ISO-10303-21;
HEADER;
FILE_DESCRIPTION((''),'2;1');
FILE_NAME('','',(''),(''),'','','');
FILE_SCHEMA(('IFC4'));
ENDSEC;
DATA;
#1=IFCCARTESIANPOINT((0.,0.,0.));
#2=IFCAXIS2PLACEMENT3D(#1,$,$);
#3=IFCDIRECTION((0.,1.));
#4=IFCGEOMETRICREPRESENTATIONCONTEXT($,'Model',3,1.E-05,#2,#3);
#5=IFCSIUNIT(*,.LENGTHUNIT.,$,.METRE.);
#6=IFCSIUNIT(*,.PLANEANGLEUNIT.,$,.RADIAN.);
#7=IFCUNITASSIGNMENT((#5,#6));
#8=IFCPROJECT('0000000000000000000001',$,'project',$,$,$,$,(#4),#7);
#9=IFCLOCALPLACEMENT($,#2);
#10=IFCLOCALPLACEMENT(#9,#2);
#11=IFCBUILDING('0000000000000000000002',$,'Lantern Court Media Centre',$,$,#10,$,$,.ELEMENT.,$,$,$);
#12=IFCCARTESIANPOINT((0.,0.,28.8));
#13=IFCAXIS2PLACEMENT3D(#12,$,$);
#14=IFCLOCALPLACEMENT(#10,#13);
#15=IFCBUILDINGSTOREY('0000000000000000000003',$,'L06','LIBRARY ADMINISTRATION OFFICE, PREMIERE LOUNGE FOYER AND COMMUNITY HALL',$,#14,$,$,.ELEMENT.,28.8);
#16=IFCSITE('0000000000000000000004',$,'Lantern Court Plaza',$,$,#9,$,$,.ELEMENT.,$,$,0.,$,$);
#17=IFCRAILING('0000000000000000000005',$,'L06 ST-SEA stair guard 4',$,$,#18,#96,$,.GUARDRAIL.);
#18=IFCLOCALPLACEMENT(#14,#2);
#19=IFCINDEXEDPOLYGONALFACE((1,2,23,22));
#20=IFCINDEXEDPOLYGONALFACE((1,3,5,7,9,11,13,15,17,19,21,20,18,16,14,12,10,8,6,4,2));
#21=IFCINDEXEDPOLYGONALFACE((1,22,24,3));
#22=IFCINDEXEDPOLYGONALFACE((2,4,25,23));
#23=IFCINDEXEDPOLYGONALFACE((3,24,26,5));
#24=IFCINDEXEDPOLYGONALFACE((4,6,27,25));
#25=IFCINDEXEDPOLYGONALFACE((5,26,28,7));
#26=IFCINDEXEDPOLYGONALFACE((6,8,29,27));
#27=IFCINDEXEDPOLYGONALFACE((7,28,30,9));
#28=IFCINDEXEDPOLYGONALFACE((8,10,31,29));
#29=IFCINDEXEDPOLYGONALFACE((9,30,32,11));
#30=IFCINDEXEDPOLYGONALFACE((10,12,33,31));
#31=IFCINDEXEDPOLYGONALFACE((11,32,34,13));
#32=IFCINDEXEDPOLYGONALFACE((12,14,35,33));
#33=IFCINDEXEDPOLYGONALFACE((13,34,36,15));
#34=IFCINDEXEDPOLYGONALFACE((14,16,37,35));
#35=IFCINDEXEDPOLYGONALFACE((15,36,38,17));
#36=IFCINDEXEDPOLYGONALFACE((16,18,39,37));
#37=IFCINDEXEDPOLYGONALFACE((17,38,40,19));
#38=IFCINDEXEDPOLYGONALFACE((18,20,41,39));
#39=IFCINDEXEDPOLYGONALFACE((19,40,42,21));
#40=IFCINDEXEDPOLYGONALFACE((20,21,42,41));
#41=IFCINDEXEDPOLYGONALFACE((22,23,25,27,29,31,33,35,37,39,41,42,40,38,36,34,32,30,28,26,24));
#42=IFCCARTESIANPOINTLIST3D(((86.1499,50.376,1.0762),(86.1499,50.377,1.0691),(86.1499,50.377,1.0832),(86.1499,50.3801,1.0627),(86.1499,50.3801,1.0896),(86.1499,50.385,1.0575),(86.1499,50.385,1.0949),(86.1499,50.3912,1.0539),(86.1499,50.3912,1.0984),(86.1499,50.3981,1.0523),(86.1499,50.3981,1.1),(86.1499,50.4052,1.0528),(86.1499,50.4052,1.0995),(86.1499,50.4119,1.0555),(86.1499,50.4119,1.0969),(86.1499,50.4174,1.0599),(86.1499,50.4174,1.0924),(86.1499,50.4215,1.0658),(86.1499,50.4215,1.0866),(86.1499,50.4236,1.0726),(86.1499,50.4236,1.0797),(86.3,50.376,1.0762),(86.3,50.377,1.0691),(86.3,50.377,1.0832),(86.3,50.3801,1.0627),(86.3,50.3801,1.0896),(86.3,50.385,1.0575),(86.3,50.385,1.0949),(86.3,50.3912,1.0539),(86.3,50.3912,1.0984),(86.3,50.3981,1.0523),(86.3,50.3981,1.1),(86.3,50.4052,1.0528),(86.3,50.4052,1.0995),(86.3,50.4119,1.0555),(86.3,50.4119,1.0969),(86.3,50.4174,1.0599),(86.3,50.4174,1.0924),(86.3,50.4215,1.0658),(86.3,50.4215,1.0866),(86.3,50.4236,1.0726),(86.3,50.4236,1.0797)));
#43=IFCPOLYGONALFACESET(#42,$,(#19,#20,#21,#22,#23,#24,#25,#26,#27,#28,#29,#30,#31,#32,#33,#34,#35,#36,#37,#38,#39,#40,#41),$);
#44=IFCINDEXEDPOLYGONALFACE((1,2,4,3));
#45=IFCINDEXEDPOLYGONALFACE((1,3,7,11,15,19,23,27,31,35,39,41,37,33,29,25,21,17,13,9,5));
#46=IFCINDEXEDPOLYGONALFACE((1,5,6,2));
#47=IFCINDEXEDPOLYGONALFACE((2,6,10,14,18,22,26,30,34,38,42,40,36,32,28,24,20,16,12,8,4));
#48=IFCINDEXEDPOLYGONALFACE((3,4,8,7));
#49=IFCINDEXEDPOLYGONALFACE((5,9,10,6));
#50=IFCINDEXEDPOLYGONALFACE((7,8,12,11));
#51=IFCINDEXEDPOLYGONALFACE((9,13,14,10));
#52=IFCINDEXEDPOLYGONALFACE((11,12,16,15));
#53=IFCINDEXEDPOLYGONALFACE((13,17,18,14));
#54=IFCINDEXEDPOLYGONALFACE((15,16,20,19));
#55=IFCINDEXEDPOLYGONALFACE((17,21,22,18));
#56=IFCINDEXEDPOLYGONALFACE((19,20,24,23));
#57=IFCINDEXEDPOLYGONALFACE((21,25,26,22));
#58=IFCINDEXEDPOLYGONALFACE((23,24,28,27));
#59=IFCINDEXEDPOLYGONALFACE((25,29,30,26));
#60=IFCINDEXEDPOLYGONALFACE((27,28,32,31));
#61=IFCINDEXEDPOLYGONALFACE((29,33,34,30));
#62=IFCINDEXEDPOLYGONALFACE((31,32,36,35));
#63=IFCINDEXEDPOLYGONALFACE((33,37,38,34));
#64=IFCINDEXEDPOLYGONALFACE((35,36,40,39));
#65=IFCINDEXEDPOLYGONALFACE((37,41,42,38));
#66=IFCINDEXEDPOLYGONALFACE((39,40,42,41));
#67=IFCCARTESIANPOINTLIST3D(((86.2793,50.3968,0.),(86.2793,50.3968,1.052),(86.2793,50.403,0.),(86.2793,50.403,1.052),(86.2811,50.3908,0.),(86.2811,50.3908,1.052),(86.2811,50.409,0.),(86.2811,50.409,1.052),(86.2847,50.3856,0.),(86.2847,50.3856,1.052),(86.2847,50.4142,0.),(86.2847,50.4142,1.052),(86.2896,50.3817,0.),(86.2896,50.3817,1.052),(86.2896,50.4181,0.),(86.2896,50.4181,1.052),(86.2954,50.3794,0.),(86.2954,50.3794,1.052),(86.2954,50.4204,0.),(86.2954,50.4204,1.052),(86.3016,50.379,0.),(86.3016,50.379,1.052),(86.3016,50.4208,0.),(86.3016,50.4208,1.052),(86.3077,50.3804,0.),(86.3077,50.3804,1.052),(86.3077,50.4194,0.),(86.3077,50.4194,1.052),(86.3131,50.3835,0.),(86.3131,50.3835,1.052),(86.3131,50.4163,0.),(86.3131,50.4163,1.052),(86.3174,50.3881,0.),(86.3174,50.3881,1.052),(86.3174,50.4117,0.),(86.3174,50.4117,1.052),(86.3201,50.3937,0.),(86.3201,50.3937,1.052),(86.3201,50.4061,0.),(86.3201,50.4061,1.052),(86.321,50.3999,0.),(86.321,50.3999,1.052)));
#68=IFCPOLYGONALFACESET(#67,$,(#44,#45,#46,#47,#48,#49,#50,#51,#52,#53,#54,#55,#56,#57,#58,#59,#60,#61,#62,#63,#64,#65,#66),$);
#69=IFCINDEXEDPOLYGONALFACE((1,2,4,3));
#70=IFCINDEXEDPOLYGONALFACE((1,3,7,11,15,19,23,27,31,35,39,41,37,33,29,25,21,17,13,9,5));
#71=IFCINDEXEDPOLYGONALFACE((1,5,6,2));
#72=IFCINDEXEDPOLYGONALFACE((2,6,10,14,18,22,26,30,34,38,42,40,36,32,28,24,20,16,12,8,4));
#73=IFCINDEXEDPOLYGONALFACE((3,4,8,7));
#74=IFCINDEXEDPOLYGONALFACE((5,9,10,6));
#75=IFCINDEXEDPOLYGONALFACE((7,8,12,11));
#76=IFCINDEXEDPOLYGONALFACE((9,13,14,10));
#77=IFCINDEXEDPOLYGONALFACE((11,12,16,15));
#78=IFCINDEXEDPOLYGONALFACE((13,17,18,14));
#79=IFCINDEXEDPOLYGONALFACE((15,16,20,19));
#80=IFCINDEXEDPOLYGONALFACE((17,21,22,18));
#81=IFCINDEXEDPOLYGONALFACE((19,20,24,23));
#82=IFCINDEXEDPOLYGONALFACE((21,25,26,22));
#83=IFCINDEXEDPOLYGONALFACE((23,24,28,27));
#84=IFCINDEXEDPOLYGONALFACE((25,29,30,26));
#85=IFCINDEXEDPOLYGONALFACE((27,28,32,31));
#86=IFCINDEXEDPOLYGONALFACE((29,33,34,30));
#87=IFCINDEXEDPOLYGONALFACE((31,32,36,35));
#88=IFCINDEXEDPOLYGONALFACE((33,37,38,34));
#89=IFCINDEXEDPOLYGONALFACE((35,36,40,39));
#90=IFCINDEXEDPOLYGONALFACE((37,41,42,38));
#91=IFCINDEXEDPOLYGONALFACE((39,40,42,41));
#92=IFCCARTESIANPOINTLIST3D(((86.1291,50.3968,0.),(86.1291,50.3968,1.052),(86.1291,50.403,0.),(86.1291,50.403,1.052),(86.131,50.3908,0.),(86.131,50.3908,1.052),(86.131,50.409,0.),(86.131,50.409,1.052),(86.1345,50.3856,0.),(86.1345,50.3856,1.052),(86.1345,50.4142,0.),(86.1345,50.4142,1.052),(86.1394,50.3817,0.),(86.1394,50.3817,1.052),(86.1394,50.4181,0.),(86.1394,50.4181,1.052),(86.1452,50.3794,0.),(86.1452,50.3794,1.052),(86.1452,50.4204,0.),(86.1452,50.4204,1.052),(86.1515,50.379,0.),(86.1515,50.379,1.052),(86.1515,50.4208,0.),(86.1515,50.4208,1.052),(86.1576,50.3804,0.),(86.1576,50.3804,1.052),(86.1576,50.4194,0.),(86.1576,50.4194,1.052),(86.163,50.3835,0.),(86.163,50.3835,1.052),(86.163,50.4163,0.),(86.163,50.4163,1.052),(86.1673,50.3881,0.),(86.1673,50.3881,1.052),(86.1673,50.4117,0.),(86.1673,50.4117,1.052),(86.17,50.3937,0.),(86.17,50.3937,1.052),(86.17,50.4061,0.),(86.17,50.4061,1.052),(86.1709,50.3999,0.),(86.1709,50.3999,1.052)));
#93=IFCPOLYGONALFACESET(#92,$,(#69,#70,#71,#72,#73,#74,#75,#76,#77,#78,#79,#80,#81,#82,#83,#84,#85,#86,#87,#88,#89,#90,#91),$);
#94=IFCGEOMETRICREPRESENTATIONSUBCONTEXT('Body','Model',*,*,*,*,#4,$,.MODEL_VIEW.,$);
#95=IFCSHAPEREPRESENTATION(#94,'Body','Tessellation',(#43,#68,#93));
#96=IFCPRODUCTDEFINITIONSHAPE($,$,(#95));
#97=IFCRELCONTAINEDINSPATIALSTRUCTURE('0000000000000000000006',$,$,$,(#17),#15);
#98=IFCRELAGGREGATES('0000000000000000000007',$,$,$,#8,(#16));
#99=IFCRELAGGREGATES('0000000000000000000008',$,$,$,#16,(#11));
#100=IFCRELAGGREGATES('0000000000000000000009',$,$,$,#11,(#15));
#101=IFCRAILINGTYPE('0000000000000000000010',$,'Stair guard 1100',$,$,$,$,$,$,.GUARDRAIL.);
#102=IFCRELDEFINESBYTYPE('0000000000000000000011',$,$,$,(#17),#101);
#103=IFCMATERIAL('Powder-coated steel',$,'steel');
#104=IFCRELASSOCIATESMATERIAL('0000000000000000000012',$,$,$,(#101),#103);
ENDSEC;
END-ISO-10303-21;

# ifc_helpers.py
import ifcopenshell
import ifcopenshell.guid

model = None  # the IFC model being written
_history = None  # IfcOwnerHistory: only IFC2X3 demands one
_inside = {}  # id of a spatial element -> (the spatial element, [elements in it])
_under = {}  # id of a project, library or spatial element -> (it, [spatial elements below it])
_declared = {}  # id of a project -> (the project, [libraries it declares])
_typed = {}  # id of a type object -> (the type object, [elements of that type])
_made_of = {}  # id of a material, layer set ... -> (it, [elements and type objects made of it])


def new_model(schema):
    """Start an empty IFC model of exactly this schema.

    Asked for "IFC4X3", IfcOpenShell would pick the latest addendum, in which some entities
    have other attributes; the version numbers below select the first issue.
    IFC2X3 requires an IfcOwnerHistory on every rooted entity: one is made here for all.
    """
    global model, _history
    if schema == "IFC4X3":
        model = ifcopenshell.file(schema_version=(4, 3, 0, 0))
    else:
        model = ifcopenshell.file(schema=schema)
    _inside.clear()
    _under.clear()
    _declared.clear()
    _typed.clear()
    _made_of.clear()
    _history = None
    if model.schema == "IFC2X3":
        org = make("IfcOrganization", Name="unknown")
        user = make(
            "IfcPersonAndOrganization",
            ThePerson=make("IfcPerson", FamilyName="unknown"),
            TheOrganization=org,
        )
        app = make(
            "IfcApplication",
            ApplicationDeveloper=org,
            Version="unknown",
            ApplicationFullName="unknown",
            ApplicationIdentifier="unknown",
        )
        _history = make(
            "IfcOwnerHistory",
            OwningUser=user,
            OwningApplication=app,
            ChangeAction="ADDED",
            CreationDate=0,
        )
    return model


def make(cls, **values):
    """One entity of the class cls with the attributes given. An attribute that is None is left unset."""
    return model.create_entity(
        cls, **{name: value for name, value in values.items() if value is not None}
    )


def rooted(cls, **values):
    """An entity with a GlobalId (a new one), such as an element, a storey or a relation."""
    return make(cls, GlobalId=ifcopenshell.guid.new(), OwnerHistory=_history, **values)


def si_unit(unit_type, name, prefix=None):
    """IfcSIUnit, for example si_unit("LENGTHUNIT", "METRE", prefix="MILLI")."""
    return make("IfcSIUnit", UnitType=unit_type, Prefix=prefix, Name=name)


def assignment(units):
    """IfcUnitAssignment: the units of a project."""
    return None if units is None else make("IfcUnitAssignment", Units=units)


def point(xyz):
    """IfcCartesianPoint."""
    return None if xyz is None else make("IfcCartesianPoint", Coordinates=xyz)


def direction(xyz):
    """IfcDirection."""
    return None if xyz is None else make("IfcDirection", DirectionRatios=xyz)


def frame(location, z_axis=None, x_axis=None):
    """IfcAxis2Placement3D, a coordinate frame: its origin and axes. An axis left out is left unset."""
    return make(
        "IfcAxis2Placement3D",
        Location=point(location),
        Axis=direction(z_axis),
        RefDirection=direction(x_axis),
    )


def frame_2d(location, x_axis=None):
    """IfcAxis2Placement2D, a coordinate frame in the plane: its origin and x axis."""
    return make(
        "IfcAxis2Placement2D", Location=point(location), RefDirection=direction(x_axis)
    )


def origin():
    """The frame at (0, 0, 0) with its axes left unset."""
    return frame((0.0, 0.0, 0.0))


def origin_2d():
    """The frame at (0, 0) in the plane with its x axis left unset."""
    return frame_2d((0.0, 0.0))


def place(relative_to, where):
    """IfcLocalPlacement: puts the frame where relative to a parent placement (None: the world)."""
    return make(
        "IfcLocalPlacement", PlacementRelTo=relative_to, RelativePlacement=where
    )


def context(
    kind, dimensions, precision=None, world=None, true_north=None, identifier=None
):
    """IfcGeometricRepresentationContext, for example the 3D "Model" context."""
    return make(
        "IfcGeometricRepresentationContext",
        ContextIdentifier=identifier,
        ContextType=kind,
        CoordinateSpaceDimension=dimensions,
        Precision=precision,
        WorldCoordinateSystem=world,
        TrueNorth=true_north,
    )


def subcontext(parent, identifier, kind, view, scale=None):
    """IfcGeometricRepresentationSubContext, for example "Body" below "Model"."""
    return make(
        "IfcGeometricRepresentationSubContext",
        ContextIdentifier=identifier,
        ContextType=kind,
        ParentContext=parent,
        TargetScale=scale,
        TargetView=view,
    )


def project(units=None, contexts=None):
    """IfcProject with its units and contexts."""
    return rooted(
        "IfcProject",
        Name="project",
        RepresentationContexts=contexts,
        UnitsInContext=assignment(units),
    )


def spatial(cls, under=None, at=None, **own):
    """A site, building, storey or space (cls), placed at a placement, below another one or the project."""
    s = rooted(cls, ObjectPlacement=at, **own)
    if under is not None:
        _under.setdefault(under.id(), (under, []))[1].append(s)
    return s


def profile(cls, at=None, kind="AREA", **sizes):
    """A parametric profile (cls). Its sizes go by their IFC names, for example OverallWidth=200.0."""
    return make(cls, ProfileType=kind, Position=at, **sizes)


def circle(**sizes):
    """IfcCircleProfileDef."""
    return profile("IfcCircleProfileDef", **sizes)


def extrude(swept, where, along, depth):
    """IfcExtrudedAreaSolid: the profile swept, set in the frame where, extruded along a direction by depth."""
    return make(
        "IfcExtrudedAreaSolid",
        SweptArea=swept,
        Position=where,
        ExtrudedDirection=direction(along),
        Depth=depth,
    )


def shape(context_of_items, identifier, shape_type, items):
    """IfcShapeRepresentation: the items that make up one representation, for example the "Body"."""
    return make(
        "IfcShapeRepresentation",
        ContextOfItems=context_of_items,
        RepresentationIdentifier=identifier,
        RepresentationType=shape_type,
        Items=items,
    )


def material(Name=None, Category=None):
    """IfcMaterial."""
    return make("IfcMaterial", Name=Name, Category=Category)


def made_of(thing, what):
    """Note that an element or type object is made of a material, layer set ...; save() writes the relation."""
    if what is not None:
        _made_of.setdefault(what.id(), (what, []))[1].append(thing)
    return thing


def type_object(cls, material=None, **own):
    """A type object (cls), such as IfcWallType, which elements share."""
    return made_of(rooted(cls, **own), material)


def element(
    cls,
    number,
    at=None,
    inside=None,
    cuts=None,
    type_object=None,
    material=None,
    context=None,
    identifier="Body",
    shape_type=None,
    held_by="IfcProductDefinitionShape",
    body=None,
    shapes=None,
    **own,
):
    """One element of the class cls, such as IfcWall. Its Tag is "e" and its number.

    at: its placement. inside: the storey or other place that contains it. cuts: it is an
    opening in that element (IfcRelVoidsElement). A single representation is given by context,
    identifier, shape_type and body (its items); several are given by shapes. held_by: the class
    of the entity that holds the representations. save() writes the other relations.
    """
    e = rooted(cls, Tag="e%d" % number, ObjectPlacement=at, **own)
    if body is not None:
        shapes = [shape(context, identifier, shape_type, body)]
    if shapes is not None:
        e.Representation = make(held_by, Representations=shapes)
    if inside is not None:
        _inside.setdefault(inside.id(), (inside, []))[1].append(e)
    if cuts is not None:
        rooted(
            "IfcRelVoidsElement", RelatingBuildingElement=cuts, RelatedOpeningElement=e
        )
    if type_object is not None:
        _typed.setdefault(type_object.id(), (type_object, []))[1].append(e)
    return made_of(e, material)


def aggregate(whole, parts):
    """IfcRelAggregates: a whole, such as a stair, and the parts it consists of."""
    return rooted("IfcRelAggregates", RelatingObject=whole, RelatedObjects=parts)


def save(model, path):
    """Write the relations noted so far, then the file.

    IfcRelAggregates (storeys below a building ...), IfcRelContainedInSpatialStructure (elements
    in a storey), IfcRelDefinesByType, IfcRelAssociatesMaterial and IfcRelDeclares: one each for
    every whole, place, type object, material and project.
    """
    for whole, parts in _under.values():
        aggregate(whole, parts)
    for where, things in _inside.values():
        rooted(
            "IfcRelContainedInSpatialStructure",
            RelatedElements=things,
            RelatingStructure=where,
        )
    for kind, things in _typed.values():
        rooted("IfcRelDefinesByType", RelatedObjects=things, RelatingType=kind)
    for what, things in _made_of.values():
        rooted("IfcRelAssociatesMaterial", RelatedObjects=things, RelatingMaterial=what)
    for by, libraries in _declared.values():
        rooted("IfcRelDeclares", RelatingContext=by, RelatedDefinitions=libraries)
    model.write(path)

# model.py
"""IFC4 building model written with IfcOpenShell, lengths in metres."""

from ifc_helpers import new_model, si_unit, direction, frame, origin, origin_2d, place, context, subcontext, project, spatial, circle, extrude, material, type_object, element, save


model = new_model("IFC4")

# Units and contexts
model_context = context("Model", 3, precision=1e-05, world=origin(), true_north=direction((0.0, 1.0)))
body_context = subcontext(model_context, "Body", "Model", "MODEL_VIEW")
ifc_project = project(units=[si_unit("LENGTHUNIT", "METRE"), si_unit("PLANEANGLEUNIT", "RADIAN")], contexts=[model_context])

# Site, building, storey
site_placement = place(None, origin())
site = spatial("IfcSite", under=ifc_project, at=site_placement, Name="Lantern Court Plaza", CompositionType="ELEMENT", RefElevation=0.0)
building_placement = place(site_placement, origin())
building = spatial("IfcBuilding", under=site, at=building_placement, Name="Lantern Court Media Centre", CompositionType="ELEMENT")
storey_placement = place(building_placement, frame((0.0, 0.0, 28.8)))
storey = spatial("IfcBuildingStorey", under=building, at=storey_placement, Name="L06", Description="LIBRARY ADMINISTRATION OFFICE, PREMIERE LOUNGE FOYER AND COMMUNITY HALL", CompositionType="ELEMENT", Elevation=28.8)

# Shared definitions
ifc_material_1 = material(Name="Powder-coated steel", Category="steel")

# Railing
railing_type_1 = type_object("IfcRailingType", Name="Stair guard 1100", PredefinedType="GUARDRAIL", material=ifc_material_1)
railing_1_placement = place(storey_placement, frame((86.3, 50.3999, 0.0)))
element("IfcRailing", 1, at=railing_1_placement, inside=storey, type_object=railing_type_1, Name="L06 ST-SEA stair guard 4", PredefinedType="GUARDRAIL", context=body_context, shape_type="SweptSolid", body=[
    extrude(circle(Radius=0.0239, at=origin_2d()), frame((0.0, 0.0, 1.0762), z_axis=(-1.0, 0.0, 0.0), x_axis=(0.0, -1.0, 0.0)), (0.0, 0.0, 1.0), 0.1501),
    extrude(circle(Radius=0.021, at=origin_2d()), origin(), (0.0, 0.0, 1.0), 1.052),
    extrude(circle(Radius=0.021, at=origin_2d()), frame((-0.1501, 0.0, 0.0)), (0.0, 0.0, 1.0), 1.052),
])

save(model, "model.ifc")
